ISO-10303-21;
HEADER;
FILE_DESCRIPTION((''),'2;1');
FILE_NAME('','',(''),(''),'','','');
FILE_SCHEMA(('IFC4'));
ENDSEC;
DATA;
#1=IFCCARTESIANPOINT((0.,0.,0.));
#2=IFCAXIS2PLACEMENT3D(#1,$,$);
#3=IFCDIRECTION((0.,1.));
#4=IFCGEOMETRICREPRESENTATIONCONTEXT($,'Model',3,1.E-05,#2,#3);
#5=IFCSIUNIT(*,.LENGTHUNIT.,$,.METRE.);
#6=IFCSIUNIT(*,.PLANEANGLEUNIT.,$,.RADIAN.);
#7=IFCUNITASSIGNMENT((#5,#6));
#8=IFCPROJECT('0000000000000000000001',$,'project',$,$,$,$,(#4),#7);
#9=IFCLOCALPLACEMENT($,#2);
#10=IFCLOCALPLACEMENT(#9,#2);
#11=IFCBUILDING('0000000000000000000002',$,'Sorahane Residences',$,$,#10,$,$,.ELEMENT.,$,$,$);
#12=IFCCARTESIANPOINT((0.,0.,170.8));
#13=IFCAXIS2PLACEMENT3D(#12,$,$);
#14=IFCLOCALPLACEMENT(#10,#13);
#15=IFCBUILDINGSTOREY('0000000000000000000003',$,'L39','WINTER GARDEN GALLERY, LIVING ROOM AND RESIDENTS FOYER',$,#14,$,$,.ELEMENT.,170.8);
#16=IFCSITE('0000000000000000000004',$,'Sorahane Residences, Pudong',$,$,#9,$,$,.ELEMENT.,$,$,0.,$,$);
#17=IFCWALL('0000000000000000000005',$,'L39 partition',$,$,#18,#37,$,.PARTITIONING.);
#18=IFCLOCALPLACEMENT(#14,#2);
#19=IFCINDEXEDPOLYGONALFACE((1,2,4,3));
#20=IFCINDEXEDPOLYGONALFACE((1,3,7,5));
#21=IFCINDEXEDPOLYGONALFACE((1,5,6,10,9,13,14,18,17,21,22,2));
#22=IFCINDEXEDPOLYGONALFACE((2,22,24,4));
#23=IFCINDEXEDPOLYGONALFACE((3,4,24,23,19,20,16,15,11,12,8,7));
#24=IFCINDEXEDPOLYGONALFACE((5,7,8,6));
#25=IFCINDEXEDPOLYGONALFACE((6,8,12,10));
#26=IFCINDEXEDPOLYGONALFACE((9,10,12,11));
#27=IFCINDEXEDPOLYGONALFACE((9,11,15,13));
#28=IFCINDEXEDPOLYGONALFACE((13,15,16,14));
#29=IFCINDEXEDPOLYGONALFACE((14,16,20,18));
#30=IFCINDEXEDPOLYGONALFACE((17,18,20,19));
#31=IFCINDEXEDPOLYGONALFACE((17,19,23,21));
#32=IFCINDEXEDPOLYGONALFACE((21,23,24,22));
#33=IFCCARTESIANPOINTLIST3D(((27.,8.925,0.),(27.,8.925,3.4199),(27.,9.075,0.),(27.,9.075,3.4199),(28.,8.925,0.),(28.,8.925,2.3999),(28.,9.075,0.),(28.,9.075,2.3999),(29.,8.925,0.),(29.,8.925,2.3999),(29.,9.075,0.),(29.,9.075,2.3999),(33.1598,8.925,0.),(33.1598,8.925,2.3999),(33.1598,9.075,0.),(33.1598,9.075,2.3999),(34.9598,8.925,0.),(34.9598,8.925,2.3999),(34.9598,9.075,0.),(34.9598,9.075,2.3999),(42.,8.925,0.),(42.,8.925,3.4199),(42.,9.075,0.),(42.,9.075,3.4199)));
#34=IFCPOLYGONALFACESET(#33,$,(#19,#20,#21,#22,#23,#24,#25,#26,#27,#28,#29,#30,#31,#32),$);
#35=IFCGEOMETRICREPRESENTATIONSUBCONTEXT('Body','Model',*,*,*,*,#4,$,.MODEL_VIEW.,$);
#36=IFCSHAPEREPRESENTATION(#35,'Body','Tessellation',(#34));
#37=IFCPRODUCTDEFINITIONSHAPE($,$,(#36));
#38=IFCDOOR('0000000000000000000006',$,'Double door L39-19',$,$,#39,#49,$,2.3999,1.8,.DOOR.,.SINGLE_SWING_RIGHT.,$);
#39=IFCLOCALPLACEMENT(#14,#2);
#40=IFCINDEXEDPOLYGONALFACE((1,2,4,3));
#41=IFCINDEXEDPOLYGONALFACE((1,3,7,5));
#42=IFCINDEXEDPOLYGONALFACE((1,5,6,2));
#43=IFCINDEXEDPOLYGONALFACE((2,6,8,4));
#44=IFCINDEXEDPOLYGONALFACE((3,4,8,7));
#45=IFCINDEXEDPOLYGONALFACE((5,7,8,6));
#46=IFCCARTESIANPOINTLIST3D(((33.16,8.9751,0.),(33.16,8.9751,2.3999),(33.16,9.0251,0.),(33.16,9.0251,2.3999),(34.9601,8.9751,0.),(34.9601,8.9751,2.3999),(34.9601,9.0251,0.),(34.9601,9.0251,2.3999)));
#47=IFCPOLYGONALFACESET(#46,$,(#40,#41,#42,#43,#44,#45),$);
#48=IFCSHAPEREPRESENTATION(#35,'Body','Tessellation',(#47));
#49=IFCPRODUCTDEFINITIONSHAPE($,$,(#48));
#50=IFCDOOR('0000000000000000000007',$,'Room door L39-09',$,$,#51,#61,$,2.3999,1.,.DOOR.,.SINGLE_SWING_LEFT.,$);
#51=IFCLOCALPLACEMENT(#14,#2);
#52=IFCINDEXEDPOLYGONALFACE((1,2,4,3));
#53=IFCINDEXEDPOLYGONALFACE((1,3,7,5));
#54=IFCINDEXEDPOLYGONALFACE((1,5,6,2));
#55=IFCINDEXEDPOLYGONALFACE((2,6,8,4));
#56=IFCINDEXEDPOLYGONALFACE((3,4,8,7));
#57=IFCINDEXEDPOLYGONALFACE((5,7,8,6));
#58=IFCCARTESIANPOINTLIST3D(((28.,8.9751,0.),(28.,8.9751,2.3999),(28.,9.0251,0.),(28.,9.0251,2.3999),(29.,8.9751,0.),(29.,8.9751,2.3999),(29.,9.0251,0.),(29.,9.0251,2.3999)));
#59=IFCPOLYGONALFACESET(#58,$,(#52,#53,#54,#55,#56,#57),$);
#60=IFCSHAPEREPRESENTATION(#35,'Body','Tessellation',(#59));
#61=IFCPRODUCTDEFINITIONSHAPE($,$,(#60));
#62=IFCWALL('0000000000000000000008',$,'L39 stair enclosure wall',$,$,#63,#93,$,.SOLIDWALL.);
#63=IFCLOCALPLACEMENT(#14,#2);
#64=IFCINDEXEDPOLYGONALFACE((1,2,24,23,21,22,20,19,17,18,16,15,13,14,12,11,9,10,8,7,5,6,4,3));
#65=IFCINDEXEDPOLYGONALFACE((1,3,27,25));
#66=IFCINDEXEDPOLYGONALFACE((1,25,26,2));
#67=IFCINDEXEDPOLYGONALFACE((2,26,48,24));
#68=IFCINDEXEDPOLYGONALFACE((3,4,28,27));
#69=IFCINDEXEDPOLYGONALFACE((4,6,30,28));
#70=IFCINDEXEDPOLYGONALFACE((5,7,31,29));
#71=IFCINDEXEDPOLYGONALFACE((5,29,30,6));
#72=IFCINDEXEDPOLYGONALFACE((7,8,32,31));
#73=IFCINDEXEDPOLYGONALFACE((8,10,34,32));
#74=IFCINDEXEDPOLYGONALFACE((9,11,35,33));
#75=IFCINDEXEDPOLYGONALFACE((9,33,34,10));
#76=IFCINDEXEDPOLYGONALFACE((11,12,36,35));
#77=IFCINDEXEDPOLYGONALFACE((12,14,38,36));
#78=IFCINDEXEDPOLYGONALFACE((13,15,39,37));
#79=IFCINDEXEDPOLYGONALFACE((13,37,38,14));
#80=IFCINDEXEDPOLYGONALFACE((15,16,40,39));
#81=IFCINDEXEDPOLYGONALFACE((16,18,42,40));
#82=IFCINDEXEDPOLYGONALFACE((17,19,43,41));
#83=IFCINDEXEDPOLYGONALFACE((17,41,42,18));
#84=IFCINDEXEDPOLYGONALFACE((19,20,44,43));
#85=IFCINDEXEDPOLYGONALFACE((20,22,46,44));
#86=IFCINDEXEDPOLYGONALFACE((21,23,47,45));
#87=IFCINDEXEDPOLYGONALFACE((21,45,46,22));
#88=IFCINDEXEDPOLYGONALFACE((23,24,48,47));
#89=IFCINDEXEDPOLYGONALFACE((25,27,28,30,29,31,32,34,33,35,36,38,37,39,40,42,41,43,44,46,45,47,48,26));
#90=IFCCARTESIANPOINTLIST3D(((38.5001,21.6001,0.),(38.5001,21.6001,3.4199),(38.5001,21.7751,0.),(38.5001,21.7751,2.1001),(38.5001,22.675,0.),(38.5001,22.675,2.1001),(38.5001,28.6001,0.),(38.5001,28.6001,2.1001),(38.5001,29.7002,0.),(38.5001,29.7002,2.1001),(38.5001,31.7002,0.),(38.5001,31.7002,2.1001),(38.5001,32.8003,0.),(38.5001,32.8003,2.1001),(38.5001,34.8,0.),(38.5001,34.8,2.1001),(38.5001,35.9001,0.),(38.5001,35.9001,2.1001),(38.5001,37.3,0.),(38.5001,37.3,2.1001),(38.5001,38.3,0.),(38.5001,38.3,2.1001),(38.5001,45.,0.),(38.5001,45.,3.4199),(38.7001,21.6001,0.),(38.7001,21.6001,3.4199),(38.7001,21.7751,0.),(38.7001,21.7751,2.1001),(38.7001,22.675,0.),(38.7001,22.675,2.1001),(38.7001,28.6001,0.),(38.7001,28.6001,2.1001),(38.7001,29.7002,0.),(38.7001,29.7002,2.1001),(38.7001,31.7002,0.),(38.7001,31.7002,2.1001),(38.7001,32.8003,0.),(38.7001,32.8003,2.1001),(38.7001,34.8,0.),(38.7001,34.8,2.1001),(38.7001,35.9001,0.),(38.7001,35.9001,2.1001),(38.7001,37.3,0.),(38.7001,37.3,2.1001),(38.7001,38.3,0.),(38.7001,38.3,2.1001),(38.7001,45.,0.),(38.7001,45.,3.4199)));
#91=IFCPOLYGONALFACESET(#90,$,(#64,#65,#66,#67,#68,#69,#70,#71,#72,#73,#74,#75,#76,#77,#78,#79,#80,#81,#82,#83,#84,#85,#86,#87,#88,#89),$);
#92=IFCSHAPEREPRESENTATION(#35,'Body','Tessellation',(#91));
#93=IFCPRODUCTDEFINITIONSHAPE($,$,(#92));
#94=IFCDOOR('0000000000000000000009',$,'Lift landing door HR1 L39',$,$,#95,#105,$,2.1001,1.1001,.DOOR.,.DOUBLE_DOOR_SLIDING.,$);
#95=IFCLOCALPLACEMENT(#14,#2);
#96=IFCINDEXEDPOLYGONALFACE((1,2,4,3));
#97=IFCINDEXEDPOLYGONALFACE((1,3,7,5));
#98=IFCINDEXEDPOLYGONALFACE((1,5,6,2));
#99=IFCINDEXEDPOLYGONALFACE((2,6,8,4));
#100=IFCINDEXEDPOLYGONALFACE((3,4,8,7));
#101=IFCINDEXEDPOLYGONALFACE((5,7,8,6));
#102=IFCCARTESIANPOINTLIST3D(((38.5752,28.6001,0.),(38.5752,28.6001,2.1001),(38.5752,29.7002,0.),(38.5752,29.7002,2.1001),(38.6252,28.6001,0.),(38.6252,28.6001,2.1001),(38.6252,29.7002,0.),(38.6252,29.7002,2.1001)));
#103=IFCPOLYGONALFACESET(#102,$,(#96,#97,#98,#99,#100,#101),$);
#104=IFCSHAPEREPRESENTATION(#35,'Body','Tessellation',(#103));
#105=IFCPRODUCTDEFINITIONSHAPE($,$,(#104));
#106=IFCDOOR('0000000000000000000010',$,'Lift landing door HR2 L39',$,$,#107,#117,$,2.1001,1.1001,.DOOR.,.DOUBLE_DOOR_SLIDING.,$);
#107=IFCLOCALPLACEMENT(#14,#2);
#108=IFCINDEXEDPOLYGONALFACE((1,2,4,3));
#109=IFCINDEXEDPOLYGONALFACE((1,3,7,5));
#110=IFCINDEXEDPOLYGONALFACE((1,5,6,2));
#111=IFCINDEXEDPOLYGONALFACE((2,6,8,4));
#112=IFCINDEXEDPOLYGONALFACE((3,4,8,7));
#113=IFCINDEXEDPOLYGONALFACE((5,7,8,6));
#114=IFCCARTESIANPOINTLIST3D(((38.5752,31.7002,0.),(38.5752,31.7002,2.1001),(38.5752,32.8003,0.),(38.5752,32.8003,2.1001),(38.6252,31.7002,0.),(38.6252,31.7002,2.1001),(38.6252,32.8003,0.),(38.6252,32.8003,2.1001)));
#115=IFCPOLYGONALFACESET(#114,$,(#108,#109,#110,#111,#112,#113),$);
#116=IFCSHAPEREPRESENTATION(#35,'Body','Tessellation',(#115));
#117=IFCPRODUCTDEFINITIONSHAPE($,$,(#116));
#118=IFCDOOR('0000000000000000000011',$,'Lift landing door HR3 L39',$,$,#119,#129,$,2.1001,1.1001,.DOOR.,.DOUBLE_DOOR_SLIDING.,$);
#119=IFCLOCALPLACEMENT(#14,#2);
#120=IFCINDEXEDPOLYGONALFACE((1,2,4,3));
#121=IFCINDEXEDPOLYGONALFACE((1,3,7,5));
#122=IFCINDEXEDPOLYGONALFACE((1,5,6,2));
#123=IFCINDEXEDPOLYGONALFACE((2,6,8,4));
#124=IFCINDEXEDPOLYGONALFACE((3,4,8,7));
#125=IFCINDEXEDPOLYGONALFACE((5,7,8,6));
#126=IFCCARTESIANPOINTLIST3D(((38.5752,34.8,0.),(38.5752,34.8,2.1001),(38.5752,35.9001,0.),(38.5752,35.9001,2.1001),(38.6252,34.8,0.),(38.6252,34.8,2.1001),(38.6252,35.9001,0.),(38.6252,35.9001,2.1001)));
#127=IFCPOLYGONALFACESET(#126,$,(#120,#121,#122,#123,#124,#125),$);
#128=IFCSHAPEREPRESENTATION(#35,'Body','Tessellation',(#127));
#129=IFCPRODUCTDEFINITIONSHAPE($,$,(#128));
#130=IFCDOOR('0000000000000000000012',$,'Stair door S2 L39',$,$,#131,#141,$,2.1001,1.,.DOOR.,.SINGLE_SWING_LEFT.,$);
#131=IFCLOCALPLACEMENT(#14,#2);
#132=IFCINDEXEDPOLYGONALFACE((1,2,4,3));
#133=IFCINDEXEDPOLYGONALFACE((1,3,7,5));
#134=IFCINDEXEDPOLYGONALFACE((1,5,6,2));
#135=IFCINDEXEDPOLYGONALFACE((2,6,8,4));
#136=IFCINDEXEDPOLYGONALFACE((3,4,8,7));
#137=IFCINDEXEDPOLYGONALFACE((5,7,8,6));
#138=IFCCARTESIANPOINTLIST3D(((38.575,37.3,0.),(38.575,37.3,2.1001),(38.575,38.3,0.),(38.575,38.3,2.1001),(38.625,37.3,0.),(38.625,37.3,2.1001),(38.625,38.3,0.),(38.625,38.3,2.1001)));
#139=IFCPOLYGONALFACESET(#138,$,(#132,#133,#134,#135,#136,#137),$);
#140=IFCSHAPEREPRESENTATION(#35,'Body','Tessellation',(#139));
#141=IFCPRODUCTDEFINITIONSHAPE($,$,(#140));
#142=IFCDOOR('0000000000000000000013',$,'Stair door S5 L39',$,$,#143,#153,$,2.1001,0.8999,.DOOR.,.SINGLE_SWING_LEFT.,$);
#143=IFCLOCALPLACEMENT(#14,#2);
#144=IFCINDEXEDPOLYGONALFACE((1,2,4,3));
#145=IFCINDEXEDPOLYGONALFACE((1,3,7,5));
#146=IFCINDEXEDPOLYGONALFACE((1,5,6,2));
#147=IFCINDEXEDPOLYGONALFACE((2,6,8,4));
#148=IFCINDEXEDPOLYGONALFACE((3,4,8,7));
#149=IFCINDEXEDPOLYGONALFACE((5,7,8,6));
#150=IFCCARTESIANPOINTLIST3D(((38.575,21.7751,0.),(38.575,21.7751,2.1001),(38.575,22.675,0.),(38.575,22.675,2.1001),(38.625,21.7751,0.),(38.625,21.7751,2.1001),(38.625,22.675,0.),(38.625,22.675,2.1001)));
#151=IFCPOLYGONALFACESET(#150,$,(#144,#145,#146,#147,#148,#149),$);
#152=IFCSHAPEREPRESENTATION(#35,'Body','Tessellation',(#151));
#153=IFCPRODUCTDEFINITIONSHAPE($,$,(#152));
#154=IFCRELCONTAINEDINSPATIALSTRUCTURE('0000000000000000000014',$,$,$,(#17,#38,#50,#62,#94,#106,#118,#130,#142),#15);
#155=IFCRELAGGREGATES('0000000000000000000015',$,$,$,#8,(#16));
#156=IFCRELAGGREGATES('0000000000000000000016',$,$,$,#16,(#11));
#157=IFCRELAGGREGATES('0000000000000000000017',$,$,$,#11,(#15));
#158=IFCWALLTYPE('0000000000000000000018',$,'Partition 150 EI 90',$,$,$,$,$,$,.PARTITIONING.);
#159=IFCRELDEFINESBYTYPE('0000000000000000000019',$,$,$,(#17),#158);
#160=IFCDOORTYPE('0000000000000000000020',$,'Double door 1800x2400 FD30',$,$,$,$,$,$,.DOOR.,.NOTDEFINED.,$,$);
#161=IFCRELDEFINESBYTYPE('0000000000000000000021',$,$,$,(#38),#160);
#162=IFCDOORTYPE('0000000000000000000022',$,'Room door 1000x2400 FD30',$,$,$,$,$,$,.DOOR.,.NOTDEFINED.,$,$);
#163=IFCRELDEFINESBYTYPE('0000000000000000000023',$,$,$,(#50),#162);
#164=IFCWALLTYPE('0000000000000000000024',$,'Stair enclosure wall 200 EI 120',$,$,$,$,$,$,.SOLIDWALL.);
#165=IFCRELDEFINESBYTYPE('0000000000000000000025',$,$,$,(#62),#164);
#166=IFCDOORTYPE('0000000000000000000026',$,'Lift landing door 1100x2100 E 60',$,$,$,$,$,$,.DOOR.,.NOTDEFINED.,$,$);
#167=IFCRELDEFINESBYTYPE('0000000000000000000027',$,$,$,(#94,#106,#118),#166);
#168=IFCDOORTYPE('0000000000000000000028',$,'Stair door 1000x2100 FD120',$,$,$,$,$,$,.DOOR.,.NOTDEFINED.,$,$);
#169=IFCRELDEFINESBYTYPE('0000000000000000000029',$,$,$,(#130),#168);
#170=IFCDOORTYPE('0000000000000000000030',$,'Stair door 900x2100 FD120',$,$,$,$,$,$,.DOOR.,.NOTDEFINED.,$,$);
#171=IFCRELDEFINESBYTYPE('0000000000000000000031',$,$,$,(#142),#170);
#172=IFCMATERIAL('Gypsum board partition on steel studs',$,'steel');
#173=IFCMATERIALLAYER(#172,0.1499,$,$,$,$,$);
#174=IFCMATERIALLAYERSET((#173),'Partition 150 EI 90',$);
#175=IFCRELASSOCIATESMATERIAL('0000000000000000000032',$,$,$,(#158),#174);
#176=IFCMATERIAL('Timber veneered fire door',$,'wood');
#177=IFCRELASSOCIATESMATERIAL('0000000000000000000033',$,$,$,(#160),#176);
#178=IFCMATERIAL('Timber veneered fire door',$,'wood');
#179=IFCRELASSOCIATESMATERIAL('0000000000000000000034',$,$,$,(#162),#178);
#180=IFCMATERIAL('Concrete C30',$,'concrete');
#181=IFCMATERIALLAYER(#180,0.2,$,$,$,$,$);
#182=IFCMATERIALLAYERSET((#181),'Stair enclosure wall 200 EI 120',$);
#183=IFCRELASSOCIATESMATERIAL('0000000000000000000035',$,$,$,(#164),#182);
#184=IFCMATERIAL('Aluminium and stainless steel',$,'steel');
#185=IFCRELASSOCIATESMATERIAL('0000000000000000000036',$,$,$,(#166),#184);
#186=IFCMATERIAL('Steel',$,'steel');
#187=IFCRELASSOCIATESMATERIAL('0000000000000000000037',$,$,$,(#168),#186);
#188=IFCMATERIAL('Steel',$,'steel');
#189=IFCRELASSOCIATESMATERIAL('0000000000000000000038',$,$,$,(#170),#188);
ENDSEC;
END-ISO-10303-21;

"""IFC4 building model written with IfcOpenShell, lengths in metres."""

from ifc_helpers import new_model, si_unit, direction, frame, frame_2d, origin, place, context, subcontext, project, spatial, rectangle, extrude, material, layer, layer_set, type_object, element, fill, save


model = new_model("IFC4")

# Units and contexts
model_context = context("Model", 3, precision=1e-05, world=origin(), true_north=direction((0.0, 1.0)))
body_context = subcontext(model_context, "Body", "Model", "MODEL_VIEW")
ifc_project = project(units=[si_unit("LENGTHUNIT", "METRE"), si_unit("PLANEANGLEUNIT", "RADIAN")], contexts=[model_context])

# Site, building, storey
site_placement = place(None, origin())
site = spatial("IfcSite", under=ifc_project, at=site_placement, Name="Sorahane Residences, Pudong", CompositionType="ELEMENT", RefElevation=0.0)
building_placement = place(site_placement, origin())
building = spatial("IfcBuilding", under=site, at=building_placement, Name="Sorahane Residences", CompositionType="ELEMENT")
storey_placement = place(building_placement, frame((0.0, 0.0, 170.8)))
storey = spatial("IfcBuildingStorey", under=building, at=storey_placement, Name="L39", Description="WINTER GARDEN GALLERY, LIVING ROOM AND RESIDENTS FOYER", CompositionType="ELEMENT", Elevation=170.8)

# Shared definitions
ifc_material_1 = material(Name="Gypsum board partition on steel studs", Category="steel")
ifc_layer_1 = layer(ifc_material_1, 0.1499)
ifc_layer_set_1 = layer_set([ifc_layer_1], Name="Partition 150 EI 90")
wall_type_1 = type_object("IfcWallType", Name="Partition 150 EI 90", PredefinedType="PARTITIONING", material=ifc_layer_set_1)

# Walls, openings, doors
wall_1_placement = place(storey_placement, frame((27.0, 9.0, 0.0), z_axis=(0.0, 0.0, 1.0), x_axis=(1.0, 0.0, 0.0)))
wall_1 = element("IfcWall", 1, at=wall_1_placement, inside=storey, type_object=wall_type_1, Name="L39 partition", PredefinedType="PARTITIONING", context=body_context, shape_type="SweptSolid", body=[
    extrude(rectangle(XDim=15.0, YDim=0.1499, at=frame_2d((7.5, 0.0))), origin(), (0.0, 0.0, 1.0), 3.4199),
])
opening_1_placement = place(wall_1_placement, frame((1.0, 0.0, 0.0)))
opening_1 = element("IfcOpeningElement", 2, at=opening_1_placement, cuts=wall_1, PredefinedType="OPENING", context=body_context, shape_type="SweptSolid", body=[
    extrude(rectangle(XDim=1.0, YDim=2.3999, at=frame_2d((0.5, 1.2))), frame((0.0, 0.085, 0.0), z_axis=(0.0, -1.0, 0.0), x_axis=(1.0, 0.0, 0.0)), (0.0, 0.0, 1.0), 0.1699),
])
opening_2_placement = place(wall_1_placement, frame((6.1599, 0.0, 0.0)))
opening_2 = element("IfcOpeningElement", 3, at=opening_2_placement, cuts=wall_1, PredefinedType="OPENING", context=body_context, shape_type="SweptSolid", body=[
    extrude(rectangle(XDim=1.8, YDim=2.3999, at=frame_2d((0.8999, 1.2))), frame((0.0, 0.085, 0.0), z_axis=(0.0, -1.0, 0.0), x_axis=(1.0, 0.0, 0.0)), (0.0, 0.0, 1.0), 0.1699),
])
ifc_material_2 = material(Name="Timber veneered fire door", Category="wood")
door_type_1 = type_object("IfcDoorType", Name="Double door 1800x2400 FD30", OperationType="NOTDEFINED", PredefinedType="DOOR", material=ifc_material_2)
door_1_placement = place(opening_2_placement, frame((1.8, 0.0, 0.0), z_axis=(0.0, 0.0, 1.0), x_axis=(-1.0, 0.0, 0.0)))
door_1 = element("IfcDoor", 4, at=door_1_placement, inside=storey, type_object=door_type_1, Name="Double door L39-19", OperationType="SINGLE_SWING_RIGHT", OverallHeight=2.3999, OverallWidth=1.8, PredefinedType="DOOR", context=body_context, shape_type="SweptSolid", body=[
    extrude(rectangle(XDim=1.8, YDim=2.3999, at=frame_2d((0.8999, 1.2))), frame((0.0, 0.0249, 0.0), z_axis=(0.0, -1.0, 0.0), x_axis=(1.0, 0.0, 0.0)), (0.0, 0.0, 1.0), 0.05),
])
fill(opening_2, door_1)
ifc_material_3 = material(Name="Timber veneered fire door", Category="wood")
door_type_2 = type_object("IfcDoorType", Name="Room door 1000x2400 FD30", OperationType="NOTDEFINED", PredefinedType="DOOR", material=ifc_material_3)
door_2_placement = place(opening_1_placement, frame((1.0, 0.0, 0.0), z_axis=(0.0, 0.0, 1.0), x_axis=(-1.0, 0.0, 0.0)))
door_2 = element("IfcDoor", 5, at=door_2_placement, inside=storey, type_object=door_type_2, Name="Room door L39-09", OperationType="SINGLE_SWING_LEFT", OverallHeight=2.3999, OverallWidth=1.0, PredefinedType="DOOR", context=body_context, shape_type="SweptSolid", body=[
    extrude(rectangle(XDim=1.0, YDim=2.3999, at=frame_2d((0.5, 1.2))), frame((0.0, 0.0249, 0.0), z_axis=(0.0, -1.0, 0.0), x_axis=(1.0, 0.0, 0.0)), (0.0, 0.0, 1.0), 0.05),
])
fill(opening_1, door_2)
ifc_material_4 = material(Name="Concrete C30", Category="concrete")
ifc_layer_2 = layer(ifc_material_4, 0.2)
ifc_layer_set_2 = layer_set([ifc_layer_2], Name="Stair enclosure wall 200 EI 120")
wall_type_2 = type_object("IfcWallType", Name="Stair enclosure wall 200 EI 120", PredefinedType="SOLIDWALL", material=ifc_layer_set_2)
wall_2_placement = place(storey_placement, frame((38.6001, 21.6001, 0.0), z_axis=(0.0, 0.0, 1.0), x_axis=(0.0, 1.0, 0.0)))
wall_2 = element("IfcWall", 6, at=wall_2_placement, inside=storey, type_object=wall_type_2, Name="L39 stair enclosure wall", PredefinedType="SOLIDWALL", context=body_context, shape_type="SweptSolid", body=[
    extrude(rectangle(XDim=23.3999, YDim=0.2, at=frame_2d((11.7, 0.0))), origin(), (0.0, 0.0, 1.0), 3.4199),
])
opening_3_placement = place(wall_2_placement, frame((7.0, 0.0, 0.0)))
opening_3 = element("IfcOpeningElement", 7, at=opening_3_placement, cuts=wall_2, PredefinedType="OPENING", context=body_context, shape_type="SweptSolid", body=[
    extrude(rectangle(XDim=1.1001, YDim=2.1001, at=frame_2d((0.55, 1.05))), frame((0.0, 0.1099, 0.0), z_axis=(0.0, -1.0, 0.0), x_axis=(1.0, 0.0, 0.0)), (0.0, 0.0, 1.0), 0.22),
])
opening_4_placement = place(wall_2_placement, frame((10.1001, 0.0, 0.0)))
opening_4 = element("IfcOpeningElement", 8, at=opening_4_placement, cuts=wall_2, PredefinedType="OPENING", context=body_context, shape_type="SweptSolid", body=[
    extrude(rectangle(XDim=1.1001, YDim=2.1001, at=frame_2d((0.55, 1.05))), frame((0.0, 0.1099, 0.0), z_axis=(0.0, -1.0, 0.0), x_axis=(1.0, 0.0, 0.0)), (0.0, 0.0, 1.0), 0.22),
])
opening_5_placement = place(wall_2_placement, frame((13.2, 0.0, 0.0)))
opening_5 = element("IfcOpeningElement", 9, at=opening_5_placement, cuts=wall_2, PredefinedType="OPENING", context=body_context, shape_type="SweptSolid", body=[
    extrude(rectangle(XDim=1.1001, YDim=2.1001, at=frame_2d((0.55, 1.05))), frame((0.0, 0.1099, 0.0), z_axis=(0.0, -1.0, 0.0), x_axis=(1.0, 0.0, 0.0)), (0.0, 0.0, 1.0), 0.22),
])
opening_6_placement = place(wall_2_placement, frame((15.7, 0.0, 0.0)))
opening_6 = element("IfcOpeningElement", 10, at=opening_6_placement, cuts=wall_2, PredefinedType="OPENING", context=body_context, shape_type="SweptSolid", body=[
    extrude(rectangle(XDim=1.0, YDim=2.1001, at=frame_2d((0.5, 1.05))), frame((0.0, 0.1099, 0.0), z_axis=(0.0, -1.0, 0.0), x_axis=(1.0, 0.0, 0.0)), (0.0, 0.0, 1.0), 0.22),
])
opening_7_placement = place(wall_2_placement, frame((0.175, 0.0, 0.0)))
opening_7 = element("IfcOpeningElement", 11, at=opening_7_placement, cuts=wall_2, PredefinedType="OPENING", context=body_context, shape_type="SweptSolid", body=[
    extrude(rectangle(XDim=0.8999, YDim=2.1001, at=frame_2d((0.45, 1.05))), frame((0.0, 0.1099, 0.0), z_axis=(0.0, -1.0, 0.0), x_axis=(1.0, 0.0, 0.0)), (0.0, 0.0, 1.0), 0.22),
])
ifc_material_5 = material(Name="Aluminium and stainless steel", Category="steel")
door_type_3 = type_object("IfcDoorType", Name="Lift landing door 1100x2100 E 60", OperationType="NOTDEFINED", PredefinedType="DOOR", material=ifc_material_5)
door_3_placement = place(opening_3_placement, origin())
door_3 = element("IfcDoor", 12, at=door_3_placement, inside=storey, type_object=door_type_3, Name="Lift landing door HR1 L39", OperationType="DOUBLE_DOOR_SLIDING", OverallHeight=2.1001, OverallWidth=1.1001, PredefinedType="DOOR", context=body_context, shape_type="SweptSolid", body=[
    extrude(rectangle(XDim=1.1001, YDim=2.1001, at=frame_2d((0.55, 1.05))), frame((0.0, 0.0249, 0.0), z_axis=(0.0, -1.0, 0.0), x_axis=(1.0, 0.0, 0.0)), (0.0, 0.0, 1.0), 0.05),
])
fill(opening_3, door_3)
door_4_placement = place(opening_4_placement, origin())
door_4 = element("IfcDoor", 13, at=door_4_placement, inside=storey, type_object=door_type_3, Name="Lift landing door HR2 L39", OperationType="DOUBLE_DOOR_SLIDING", OverallHeight=2.1001, OverallWidth=1.1001, PredefinedType="DOOR", context=body_context, shape_type="SweptSolid", body=[
    extrude(rectangle(XDim=1.1001, YDim=2.1001, at=frame_2d((0.55, 1.05))), frame((0.0, 0.0249, 0.0), z_axis=(0.0, -1.0, 0.0), x_axis=(1.0, 0.0, 0.0)), (0.0, 0.0, 1.0), 0.05),
])
fill(opening_4, door_4)
door_5_placement = place(opening_5_placement, origin())
door_5 = element("IfcDoor", 14, at=door_5_placement, inside=storey, type_object=door_type_3, Name="Lift landing door HR3 L39", OperationType="DOUBLE_DOOR_SLIDING", OverallHeight=2.1001, OverallWidth=1.1001, PredefinedType="DOOR", context=body_context, shape_type="SweptSolid", body=[
    extrude(rectangle(XDim=1.1001, YDim=2.1001, at=frame_2d((0.55, 1.05))), frame((0.0, 0.0249, 0.0), z_axis=(0.0, -1.0, 0.0), x_axis=(1.0, 0.0, 0.0)), (0.0, 0.0, 1.0), 0.05),
])
fill(opening_5, door_5)
ifc_material_6 = material(Name="Steel", Category="steel")
door_type_4 = type_object("IfcDoorType", Name="Stair door 1000x2100 FD120", OperationType="NOTDEFINED", PredefinedType="DOOR", material=ifc_material_6)
door_6_placement = place(opening_6_placement, frame((1.0, 0.0, 0.0), z_axis=(0.0, 0.0, 1.0), x_axis=(-1.0, 0.0, 0.0)))
door_6 = element("IfcDoor", 15, at=door_6_placement, inside=storey, type_object=door_type_4, Name="Stair door S2 L39", OperationType="SINGLE_SWING_LEFT", OverallHeight=2.1001, OverallWidth=1.0, PredefinedType="DOOR", context=body_context, shape_type="SweptSolid", body=[
    extrude(rectangle(XDim=1.0, YDim=2.1001, at=frame_2d((0.5, 1.05))), frame((0.0, 0.0249, 0.0), z_axis=(0.0, -1.0, 0.0), x_axis=(1.0, 0.0, 0.0)), (0.0, 0.0, 1.0), 0.05),
])
fill(opening_6, door_6)
ifc_material_7 = material(Name="Steel", Category="steel")
door_type_5 = type_object("IfcDoorType", Name="Stair door 900x2100 FD120", OperationType="NOTDEFINED", PredefinedType="DOOR", material=ifc_material_7)
door_7_placement = place(opening_7_placement, frame((0.8999, 0.0, 0.0), z_axis=(0.0, 0.0, 1.0), x_axis=(-1.0, 0.0, 0.0)))
door_7 = element("IfcDoor", 16, at=door_7_placement, inside=storey, type_object=door_type_5, Name="Stair door S5 L39", OperationType="SINGLE_SWING_LEFT", OverallHeight=2.1001, OverallWidth=0.8999, PredefinedType="DOOR", context=body_context, shape_type="SweptSolid", body=[
    extrude(rectangle(XDim=0.8999, YDim=2.1001, at=frame_2d((0.45, 1.05))), frame((0.0, 0.0249, 0.0), z_axis=(0.0, -1.0, 0.0), x_axis=(1.0, 0.0, 0.0)), (0.0, 0.0, 1.0), 0.05),
])
fill(opening_7, door_7)

save(model, "model.ifc")
